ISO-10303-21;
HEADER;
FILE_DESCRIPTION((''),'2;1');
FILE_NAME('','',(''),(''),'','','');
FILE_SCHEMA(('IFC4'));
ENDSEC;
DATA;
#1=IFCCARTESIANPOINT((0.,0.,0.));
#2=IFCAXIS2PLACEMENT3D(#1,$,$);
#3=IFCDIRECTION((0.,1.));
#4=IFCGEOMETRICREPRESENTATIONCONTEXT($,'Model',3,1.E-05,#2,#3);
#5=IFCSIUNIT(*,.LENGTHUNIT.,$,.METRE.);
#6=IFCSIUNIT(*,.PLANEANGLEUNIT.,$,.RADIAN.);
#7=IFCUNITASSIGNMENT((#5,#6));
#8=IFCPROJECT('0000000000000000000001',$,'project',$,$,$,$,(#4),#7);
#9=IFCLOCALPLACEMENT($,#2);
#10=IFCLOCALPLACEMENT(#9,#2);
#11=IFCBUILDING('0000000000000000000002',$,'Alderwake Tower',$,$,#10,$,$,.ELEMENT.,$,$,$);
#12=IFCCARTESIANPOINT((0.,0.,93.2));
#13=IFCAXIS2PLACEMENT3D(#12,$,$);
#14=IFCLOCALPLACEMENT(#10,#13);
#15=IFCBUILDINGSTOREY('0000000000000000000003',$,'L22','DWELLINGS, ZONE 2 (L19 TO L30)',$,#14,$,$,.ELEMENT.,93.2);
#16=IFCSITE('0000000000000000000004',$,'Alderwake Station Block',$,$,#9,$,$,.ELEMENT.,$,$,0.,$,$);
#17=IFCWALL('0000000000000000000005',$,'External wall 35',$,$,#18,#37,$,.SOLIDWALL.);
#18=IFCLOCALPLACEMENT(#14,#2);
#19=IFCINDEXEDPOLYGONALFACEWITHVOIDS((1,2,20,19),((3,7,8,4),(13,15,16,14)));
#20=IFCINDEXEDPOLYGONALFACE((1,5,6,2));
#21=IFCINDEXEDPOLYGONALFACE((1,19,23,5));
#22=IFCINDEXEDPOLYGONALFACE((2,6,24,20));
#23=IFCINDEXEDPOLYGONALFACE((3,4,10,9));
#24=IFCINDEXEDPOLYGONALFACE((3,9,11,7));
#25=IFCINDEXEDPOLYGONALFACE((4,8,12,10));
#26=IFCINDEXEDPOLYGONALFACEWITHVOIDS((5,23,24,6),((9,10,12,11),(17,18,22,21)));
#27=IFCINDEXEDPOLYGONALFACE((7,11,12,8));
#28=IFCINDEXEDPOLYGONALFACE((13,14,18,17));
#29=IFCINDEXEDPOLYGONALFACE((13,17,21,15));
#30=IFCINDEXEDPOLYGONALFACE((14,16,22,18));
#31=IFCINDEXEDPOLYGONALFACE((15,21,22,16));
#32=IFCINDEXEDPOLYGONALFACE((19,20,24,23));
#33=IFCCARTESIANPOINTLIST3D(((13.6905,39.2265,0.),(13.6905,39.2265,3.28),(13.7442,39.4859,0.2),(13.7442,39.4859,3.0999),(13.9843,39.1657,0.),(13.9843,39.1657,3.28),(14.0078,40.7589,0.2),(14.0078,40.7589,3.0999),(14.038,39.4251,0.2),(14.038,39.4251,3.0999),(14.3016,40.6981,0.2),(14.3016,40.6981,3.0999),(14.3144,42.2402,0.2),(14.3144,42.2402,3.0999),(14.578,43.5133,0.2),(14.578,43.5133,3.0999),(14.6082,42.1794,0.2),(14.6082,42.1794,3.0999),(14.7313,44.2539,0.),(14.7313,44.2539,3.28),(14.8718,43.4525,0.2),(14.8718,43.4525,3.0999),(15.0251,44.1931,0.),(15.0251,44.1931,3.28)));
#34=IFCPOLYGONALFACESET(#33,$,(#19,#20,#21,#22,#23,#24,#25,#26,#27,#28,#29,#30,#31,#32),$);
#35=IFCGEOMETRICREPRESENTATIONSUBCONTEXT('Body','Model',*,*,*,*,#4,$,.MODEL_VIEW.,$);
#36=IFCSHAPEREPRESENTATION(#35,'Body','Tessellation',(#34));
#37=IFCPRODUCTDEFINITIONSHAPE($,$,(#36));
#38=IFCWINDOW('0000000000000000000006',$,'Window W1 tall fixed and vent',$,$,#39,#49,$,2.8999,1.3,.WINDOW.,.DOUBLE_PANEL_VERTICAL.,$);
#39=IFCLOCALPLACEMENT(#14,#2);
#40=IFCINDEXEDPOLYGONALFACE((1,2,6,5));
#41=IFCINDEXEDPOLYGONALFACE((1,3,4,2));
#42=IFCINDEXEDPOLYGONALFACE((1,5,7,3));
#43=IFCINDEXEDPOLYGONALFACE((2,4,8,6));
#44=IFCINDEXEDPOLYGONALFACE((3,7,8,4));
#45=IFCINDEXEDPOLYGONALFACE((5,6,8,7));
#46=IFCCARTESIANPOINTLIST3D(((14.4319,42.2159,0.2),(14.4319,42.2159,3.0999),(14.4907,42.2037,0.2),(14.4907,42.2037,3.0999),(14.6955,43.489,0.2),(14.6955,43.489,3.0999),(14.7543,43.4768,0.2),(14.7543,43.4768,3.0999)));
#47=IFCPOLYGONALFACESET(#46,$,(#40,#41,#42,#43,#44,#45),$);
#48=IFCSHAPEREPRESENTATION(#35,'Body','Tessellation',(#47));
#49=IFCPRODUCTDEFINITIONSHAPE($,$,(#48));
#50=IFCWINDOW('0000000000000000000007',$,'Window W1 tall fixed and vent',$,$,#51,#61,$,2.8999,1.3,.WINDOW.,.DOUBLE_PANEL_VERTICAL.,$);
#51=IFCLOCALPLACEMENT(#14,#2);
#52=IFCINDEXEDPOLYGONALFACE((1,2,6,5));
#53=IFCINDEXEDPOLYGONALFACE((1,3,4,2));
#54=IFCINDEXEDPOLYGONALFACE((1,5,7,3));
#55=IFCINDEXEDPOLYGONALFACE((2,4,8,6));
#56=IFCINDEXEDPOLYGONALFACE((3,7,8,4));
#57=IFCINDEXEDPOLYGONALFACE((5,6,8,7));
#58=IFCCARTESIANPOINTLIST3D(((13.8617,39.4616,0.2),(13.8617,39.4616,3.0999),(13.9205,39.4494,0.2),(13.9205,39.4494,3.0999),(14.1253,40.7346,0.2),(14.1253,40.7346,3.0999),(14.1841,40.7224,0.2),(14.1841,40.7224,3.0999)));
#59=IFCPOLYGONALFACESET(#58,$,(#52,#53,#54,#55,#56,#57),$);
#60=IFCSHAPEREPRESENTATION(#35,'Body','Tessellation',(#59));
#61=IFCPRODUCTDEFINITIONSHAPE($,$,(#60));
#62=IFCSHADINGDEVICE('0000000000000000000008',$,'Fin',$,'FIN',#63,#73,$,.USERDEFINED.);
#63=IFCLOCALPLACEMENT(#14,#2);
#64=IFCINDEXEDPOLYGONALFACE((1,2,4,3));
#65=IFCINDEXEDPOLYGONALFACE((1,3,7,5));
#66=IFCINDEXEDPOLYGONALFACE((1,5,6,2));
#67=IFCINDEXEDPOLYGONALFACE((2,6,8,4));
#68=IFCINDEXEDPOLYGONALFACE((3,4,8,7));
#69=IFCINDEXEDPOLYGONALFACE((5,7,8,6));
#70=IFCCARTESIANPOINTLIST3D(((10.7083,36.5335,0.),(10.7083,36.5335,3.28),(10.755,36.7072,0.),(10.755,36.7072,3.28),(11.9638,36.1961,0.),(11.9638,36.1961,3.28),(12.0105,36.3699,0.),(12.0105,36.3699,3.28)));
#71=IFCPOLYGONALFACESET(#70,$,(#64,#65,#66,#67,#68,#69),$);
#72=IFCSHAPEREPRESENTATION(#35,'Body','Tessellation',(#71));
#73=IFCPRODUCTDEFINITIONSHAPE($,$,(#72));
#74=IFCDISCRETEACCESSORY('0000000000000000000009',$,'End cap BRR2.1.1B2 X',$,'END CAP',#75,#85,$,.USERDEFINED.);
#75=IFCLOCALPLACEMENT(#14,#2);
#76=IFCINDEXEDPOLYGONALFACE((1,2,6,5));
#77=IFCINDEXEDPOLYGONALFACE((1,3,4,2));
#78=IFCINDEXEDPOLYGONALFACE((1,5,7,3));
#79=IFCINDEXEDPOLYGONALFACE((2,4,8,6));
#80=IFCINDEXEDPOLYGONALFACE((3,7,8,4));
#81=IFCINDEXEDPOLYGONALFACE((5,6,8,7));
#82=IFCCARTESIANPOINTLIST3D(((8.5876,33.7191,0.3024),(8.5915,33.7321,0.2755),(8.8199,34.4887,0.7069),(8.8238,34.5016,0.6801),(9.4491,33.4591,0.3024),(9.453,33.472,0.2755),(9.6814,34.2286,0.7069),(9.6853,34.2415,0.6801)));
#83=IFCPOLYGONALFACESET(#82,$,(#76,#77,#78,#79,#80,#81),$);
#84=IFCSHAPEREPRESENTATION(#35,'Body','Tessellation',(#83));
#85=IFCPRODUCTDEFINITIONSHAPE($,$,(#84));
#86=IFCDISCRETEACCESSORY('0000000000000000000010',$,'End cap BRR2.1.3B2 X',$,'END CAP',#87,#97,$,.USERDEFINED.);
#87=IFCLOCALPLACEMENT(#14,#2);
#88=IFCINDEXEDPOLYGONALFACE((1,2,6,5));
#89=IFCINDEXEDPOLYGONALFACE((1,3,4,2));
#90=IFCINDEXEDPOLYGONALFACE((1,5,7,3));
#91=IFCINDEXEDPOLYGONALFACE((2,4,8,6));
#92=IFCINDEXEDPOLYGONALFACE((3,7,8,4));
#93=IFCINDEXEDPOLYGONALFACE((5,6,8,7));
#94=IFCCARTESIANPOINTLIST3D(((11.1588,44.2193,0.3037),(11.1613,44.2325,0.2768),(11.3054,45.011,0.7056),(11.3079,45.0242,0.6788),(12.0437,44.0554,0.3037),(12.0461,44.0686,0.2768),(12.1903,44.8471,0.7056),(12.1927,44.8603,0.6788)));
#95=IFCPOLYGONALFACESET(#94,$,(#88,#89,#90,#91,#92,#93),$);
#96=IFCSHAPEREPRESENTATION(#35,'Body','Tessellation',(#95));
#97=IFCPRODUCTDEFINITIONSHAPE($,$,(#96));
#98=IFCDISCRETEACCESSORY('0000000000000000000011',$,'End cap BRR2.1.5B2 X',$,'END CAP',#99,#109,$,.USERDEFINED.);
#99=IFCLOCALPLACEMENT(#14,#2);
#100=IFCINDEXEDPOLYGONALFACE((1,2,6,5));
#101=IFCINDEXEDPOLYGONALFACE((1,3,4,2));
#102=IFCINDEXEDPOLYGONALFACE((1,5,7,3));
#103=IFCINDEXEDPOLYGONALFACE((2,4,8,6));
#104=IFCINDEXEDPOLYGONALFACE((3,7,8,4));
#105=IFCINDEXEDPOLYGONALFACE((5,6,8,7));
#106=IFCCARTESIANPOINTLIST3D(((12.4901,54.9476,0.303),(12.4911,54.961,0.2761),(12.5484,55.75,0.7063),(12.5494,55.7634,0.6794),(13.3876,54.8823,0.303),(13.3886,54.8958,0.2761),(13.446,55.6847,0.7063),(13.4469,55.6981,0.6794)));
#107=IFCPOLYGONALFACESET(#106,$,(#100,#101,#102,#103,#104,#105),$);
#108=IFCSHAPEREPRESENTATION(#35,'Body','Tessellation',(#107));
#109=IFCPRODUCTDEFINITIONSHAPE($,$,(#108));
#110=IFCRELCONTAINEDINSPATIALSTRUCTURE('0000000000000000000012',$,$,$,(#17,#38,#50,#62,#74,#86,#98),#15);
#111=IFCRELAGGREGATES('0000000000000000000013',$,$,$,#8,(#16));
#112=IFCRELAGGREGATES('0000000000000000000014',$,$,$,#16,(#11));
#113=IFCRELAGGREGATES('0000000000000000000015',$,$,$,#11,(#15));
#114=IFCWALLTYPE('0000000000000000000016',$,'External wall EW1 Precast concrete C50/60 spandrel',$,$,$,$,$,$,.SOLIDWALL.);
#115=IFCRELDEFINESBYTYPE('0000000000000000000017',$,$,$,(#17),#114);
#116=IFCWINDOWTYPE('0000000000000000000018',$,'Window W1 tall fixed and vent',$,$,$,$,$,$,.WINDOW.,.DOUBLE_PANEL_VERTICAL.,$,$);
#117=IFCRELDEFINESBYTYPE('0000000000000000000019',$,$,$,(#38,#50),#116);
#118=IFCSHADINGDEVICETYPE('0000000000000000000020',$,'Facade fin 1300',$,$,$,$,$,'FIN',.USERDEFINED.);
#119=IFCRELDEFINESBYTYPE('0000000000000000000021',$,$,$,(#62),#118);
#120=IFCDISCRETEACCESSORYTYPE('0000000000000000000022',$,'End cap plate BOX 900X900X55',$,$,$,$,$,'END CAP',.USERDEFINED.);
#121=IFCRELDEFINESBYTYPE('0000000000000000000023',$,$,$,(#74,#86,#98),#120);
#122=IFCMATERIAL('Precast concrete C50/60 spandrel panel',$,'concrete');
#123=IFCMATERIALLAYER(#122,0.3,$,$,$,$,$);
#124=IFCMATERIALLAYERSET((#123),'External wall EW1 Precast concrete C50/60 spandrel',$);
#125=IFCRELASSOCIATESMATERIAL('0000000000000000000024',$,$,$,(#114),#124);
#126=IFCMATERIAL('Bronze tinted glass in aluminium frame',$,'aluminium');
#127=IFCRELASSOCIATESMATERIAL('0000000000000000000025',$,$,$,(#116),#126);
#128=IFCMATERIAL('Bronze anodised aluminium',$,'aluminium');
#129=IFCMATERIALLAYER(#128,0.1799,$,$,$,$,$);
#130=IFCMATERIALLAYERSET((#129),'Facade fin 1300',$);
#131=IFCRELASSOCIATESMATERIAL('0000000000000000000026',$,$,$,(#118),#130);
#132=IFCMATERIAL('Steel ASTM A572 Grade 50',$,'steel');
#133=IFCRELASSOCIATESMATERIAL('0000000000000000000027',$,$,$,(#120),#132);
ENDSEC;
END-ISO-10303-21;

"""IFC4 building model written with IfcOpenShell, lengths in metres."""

from ifc_helpers import new_model, si_unit, direction, frame, frame_2d, origin, origin_2d, place, context, subcontext, project, spatial, rectangle, extrude, material, layer, layer_set, material_profile, profile_set, type_object, element, fill, save


model = new_model("IFC4")

# Units and contexts
model_context = context("Model", 3, precision=1e-05, world=origin(), true_north=direction((0.0, 1.0)))
body_context = subcontext(model_context, "Body", "Model", "MODEL_VIEW")
ifc_project = project(units=[si_unit("LENGTHUNIT", "METRE"), si_unit("PLANEANGLEUNIT", "RADIAN")], contexts=[model_context])

# Site, building, storey
site_placement = place(None, origin())
site = spatial("IfcSite", under=ifc_project, at=site_placement, Name="Alderwake Station Block", CompositionType="ELEMENT", RefElevation=0.0)
building_placement = place(site_placement, origin())
building = spatial("IfcBuilding", under=site, at=building_placement, Name="Alderwake Tower", CompositionType="ELEMENT")
storey_placement = place(building_placement, frame((0.0, 0.0, 93.2)))
storey = spatial("IfcBuildingStorey", under=building, at=storey_placement, Name="L22", Description="DWELLINGS, ZONE 2 (L19 TO L30)", CompositionType="ELEMENT", Elevation=93.2)

# Wall, openings, windows
ifc_material_1 = material(Name="Precast concrete C50/60 spandrel panel", Category="concrete")
ifc_layer_1 = layer(ifc_material_1, 0.3)
ifc_layer_set_1 = layer_set([ifc_layer_1], Name="External wall EW1 Precast concrete C50/60 spandrel")
wall_type_1 = type_object("IfcWallType", Name="External wall EW1 Precast concrete C50/60 spandrel", PredefinedType="SOLIDWALL", material=ifc_layer_set_1)
wall_1_placement = place(storey_placement, frame((14.8782, 44.2234, 0.0), z_axis=(0.0, 0.0, 1.0), x_axis=(-0.202724, -0.979236, 0.0)))
wall_1 = element("IfcWall", 1, at=wall_1_placement, inside=storey, type_object=wall_type_1, Name="External wall 35", PredefinedType="SOLIDWALL", context=body_context, shape_type="SweptSolid", body=[
    extrude(rectangle(XDim=5.134, YDim=0.3, at=frame_2d((2.5669, 0.0))), origin(), (0.0, 0.0, 1.0), 3.28),
])
opening_1_placement = place(wall_1_placement, frame((0.7563, 0.0, 0.2)))
opening_1 = element("IfcOpeningElement", 2, at=opening_1_placement, cuts=wall_1, PredefinedType="OPENING", context=body_context, shape_type="SweptSolid", body=[
    extrude(rectangle(XDim=1.3, YDim=2.8999, at=frame_2d((0.6499, 1.45))), frame((0.0, 0.1599, 0.0), z_axis=(0.0, -1.0, 0.0), x_axis=(1.0, 0.0, 0.0)), (0.0, 0.0, 1.0), 0.3201),
])
opening_2_placement = place(wall_1_placement, frame((3.5691, 0.0, 0.2)))
opening_2 = element("IfcOpeningElement", 3, at=opening_2_placement, cuts=wall_1, PredefinedType="OPENING", context=body_context, shape_type="SweptSolid", body=[
    extrude(rectangle(XDim=1.3, YDim=2.8999, at=frame_2d((0.6499, 1.45))), frame((0.0, 0.1599, 0.0), z_axis=(0.0, -1.0, 0.0), x_axis=(1.0, 0.0, 0.0)), (0.0, 0.0, 1.0), 0.3201),
])
ifc_material_2 = material(Name="Bronze tinted glass in aluminium frame", Category="aluminium")
window_type = type_object("IfcWindowType", Name="Window W1 tall fixed and vent", PartitioningType="DOUBLE_PANEL_VERTICAL", PredefinedType="WINDOW", material=ifc_material_2)
window_1_placement = place(opening_1_placement, origin())
window_1 = element("IfcWindow", 4, at=window_1_placement, inside=storey, type_object=window_type, Name="Window W1 tall fixed and vent", OverallHeight=2.8999, OverallWidth=1.3, PartitioningType="DOUBLE_PANEL_VERTICAL", PredefinedType="WINDOW", context=body_context, shape_type="SweptSolid", body=[
    extrude(rectangle(XDim=1.3, YDim=2.8999, at=frame_2d((0.6499, 1.45))), frame((0.0, 0.03, 0.0), z_axis=(0.0, -1.0, 0.0), x_axis=(1.0, 0.0, 0.0)), (0.0, 0.0, 1.0), 0.0601),
])
fill(opening_1, window_1)
window_2_placement = place(opening_2_placement, origin())
window_2 = element("IfcWindow", 5, at=window_2_placement, inside=storey, type_object=window_type, Name="Window W1 tall fixed and vent", OverallHeight=2.8999, OverallWidth=1.3, PartitioningType="DOUBLE_PANEL_VERTICAL", PredefinedType="WINDOW", context=body_context, shape_type="SweptSolid", body=[
    extrude(rectangle(XDim=1.3, YDim=2.8999, at=frame_2d((0.6499, 1.45))), frame((0.0, 0.03, 0.0), z_axis=(0.0, -1.0, 0.0), x_axis=(1.0, 0.0, 0.0)), (0.0, 0.0, 1.0), 0.0601),
])
fill(opening_2, window_2)

# Shading device
ifc_material_3 = material(Name="Bronze anodised aluminium", Category="aluminium")
ifc_layer_2 = layer(ifc_material_3, 0.1799)
ifc_layer_set_2 = layer_set([ifc_layer_2], Name="Facade fin 1300")
shading_device_type = type_object("IfcShadingDeviceType", Name="Facade fin 1300", ElementType="FIN", PredefinedType="USERDEFINED", material=ifc_layer_set_2)
shading_device_placement = place(storey_placement, frame((11.3594, 36.4517, 0.0), z_axis=(0.0, 0.0, 1.0), x_axis=(0.965744, -0.259495, 0.0)))
element("IfcShadingDevice", 6, at=shading_device_placement, inside=storey, type_object=shading_device_type, Name="Fin", ObjectType="FIN", PredefinedType="USERDEFINED", context=body_context, shape_type="SweptSolid", body=[
    extrude(rectangle(XDim=1.3, YDim=0.1799, at=origin_2d()), origin(), (0.0, 0.0, 1.0), 3.28),
])

# Discrete accessories
ifc_material_4 = material(Name="Steel ASTM A572 Grade 50", Category="steel")
ifc_material_profile_1 = material_profile(ifc_material_4, rectangle(XDim=0.8999, YDim=0.8999, at=origin_2d()), Name="BOX 900X900X55 cap")
ifc_profile_set_1 = profile_set([ifc_material_profile_1], Name="Steel ASTM A572 Grade 50")
discrete_accessory_type = type_object("IfcDiscreteAccessoryType", Name="End cap plate BOX 900X900X55", ElementType="END CAP", PredefinedType="USERDEFINED", material=ifc_profile_set_1)
for number, where, z_axis, x_axis, name in (
    (7, (9.1345, 33.9739, 0.5046), (0.129927, 0.430383, -0.893247), (-0.957328, 0.289005, 0.0), "End cap BRR2.1.1B2 X"),
    (8, (11.6746, 44.5332, 0.5046), (0.081336, 0.439213, -0.894693), (-0.983282, 0.182089, 0.0), "End cap BRR2.1.3B2 X"),
    (9, (12.968, 55.3162, 0.5046), (0.032507, 0.446977, -0.893954), (-0.997366, 0.072536, 0.0), "End cap BRR2.1.5B2 X"),
):
    element("IfcDiscreteAccessory", number, at=place(storey_placement, frame(where, z_axis=z_axis, x_axis=x_axis)), inside=storey, type_object=discrete_accessory_type, Name=name, ObjectType="END CAP", PredefinedType="USERDEFINED", context=body_context, shape_type="SweptSolid", body=[
        extrude(rectangle(XDim=0.8999, YDim=0.8999, at=origin_2d()), origin(), (0.0, 0.0, 1.0), 0.03),
    ])

save(model, "model.ifc")
